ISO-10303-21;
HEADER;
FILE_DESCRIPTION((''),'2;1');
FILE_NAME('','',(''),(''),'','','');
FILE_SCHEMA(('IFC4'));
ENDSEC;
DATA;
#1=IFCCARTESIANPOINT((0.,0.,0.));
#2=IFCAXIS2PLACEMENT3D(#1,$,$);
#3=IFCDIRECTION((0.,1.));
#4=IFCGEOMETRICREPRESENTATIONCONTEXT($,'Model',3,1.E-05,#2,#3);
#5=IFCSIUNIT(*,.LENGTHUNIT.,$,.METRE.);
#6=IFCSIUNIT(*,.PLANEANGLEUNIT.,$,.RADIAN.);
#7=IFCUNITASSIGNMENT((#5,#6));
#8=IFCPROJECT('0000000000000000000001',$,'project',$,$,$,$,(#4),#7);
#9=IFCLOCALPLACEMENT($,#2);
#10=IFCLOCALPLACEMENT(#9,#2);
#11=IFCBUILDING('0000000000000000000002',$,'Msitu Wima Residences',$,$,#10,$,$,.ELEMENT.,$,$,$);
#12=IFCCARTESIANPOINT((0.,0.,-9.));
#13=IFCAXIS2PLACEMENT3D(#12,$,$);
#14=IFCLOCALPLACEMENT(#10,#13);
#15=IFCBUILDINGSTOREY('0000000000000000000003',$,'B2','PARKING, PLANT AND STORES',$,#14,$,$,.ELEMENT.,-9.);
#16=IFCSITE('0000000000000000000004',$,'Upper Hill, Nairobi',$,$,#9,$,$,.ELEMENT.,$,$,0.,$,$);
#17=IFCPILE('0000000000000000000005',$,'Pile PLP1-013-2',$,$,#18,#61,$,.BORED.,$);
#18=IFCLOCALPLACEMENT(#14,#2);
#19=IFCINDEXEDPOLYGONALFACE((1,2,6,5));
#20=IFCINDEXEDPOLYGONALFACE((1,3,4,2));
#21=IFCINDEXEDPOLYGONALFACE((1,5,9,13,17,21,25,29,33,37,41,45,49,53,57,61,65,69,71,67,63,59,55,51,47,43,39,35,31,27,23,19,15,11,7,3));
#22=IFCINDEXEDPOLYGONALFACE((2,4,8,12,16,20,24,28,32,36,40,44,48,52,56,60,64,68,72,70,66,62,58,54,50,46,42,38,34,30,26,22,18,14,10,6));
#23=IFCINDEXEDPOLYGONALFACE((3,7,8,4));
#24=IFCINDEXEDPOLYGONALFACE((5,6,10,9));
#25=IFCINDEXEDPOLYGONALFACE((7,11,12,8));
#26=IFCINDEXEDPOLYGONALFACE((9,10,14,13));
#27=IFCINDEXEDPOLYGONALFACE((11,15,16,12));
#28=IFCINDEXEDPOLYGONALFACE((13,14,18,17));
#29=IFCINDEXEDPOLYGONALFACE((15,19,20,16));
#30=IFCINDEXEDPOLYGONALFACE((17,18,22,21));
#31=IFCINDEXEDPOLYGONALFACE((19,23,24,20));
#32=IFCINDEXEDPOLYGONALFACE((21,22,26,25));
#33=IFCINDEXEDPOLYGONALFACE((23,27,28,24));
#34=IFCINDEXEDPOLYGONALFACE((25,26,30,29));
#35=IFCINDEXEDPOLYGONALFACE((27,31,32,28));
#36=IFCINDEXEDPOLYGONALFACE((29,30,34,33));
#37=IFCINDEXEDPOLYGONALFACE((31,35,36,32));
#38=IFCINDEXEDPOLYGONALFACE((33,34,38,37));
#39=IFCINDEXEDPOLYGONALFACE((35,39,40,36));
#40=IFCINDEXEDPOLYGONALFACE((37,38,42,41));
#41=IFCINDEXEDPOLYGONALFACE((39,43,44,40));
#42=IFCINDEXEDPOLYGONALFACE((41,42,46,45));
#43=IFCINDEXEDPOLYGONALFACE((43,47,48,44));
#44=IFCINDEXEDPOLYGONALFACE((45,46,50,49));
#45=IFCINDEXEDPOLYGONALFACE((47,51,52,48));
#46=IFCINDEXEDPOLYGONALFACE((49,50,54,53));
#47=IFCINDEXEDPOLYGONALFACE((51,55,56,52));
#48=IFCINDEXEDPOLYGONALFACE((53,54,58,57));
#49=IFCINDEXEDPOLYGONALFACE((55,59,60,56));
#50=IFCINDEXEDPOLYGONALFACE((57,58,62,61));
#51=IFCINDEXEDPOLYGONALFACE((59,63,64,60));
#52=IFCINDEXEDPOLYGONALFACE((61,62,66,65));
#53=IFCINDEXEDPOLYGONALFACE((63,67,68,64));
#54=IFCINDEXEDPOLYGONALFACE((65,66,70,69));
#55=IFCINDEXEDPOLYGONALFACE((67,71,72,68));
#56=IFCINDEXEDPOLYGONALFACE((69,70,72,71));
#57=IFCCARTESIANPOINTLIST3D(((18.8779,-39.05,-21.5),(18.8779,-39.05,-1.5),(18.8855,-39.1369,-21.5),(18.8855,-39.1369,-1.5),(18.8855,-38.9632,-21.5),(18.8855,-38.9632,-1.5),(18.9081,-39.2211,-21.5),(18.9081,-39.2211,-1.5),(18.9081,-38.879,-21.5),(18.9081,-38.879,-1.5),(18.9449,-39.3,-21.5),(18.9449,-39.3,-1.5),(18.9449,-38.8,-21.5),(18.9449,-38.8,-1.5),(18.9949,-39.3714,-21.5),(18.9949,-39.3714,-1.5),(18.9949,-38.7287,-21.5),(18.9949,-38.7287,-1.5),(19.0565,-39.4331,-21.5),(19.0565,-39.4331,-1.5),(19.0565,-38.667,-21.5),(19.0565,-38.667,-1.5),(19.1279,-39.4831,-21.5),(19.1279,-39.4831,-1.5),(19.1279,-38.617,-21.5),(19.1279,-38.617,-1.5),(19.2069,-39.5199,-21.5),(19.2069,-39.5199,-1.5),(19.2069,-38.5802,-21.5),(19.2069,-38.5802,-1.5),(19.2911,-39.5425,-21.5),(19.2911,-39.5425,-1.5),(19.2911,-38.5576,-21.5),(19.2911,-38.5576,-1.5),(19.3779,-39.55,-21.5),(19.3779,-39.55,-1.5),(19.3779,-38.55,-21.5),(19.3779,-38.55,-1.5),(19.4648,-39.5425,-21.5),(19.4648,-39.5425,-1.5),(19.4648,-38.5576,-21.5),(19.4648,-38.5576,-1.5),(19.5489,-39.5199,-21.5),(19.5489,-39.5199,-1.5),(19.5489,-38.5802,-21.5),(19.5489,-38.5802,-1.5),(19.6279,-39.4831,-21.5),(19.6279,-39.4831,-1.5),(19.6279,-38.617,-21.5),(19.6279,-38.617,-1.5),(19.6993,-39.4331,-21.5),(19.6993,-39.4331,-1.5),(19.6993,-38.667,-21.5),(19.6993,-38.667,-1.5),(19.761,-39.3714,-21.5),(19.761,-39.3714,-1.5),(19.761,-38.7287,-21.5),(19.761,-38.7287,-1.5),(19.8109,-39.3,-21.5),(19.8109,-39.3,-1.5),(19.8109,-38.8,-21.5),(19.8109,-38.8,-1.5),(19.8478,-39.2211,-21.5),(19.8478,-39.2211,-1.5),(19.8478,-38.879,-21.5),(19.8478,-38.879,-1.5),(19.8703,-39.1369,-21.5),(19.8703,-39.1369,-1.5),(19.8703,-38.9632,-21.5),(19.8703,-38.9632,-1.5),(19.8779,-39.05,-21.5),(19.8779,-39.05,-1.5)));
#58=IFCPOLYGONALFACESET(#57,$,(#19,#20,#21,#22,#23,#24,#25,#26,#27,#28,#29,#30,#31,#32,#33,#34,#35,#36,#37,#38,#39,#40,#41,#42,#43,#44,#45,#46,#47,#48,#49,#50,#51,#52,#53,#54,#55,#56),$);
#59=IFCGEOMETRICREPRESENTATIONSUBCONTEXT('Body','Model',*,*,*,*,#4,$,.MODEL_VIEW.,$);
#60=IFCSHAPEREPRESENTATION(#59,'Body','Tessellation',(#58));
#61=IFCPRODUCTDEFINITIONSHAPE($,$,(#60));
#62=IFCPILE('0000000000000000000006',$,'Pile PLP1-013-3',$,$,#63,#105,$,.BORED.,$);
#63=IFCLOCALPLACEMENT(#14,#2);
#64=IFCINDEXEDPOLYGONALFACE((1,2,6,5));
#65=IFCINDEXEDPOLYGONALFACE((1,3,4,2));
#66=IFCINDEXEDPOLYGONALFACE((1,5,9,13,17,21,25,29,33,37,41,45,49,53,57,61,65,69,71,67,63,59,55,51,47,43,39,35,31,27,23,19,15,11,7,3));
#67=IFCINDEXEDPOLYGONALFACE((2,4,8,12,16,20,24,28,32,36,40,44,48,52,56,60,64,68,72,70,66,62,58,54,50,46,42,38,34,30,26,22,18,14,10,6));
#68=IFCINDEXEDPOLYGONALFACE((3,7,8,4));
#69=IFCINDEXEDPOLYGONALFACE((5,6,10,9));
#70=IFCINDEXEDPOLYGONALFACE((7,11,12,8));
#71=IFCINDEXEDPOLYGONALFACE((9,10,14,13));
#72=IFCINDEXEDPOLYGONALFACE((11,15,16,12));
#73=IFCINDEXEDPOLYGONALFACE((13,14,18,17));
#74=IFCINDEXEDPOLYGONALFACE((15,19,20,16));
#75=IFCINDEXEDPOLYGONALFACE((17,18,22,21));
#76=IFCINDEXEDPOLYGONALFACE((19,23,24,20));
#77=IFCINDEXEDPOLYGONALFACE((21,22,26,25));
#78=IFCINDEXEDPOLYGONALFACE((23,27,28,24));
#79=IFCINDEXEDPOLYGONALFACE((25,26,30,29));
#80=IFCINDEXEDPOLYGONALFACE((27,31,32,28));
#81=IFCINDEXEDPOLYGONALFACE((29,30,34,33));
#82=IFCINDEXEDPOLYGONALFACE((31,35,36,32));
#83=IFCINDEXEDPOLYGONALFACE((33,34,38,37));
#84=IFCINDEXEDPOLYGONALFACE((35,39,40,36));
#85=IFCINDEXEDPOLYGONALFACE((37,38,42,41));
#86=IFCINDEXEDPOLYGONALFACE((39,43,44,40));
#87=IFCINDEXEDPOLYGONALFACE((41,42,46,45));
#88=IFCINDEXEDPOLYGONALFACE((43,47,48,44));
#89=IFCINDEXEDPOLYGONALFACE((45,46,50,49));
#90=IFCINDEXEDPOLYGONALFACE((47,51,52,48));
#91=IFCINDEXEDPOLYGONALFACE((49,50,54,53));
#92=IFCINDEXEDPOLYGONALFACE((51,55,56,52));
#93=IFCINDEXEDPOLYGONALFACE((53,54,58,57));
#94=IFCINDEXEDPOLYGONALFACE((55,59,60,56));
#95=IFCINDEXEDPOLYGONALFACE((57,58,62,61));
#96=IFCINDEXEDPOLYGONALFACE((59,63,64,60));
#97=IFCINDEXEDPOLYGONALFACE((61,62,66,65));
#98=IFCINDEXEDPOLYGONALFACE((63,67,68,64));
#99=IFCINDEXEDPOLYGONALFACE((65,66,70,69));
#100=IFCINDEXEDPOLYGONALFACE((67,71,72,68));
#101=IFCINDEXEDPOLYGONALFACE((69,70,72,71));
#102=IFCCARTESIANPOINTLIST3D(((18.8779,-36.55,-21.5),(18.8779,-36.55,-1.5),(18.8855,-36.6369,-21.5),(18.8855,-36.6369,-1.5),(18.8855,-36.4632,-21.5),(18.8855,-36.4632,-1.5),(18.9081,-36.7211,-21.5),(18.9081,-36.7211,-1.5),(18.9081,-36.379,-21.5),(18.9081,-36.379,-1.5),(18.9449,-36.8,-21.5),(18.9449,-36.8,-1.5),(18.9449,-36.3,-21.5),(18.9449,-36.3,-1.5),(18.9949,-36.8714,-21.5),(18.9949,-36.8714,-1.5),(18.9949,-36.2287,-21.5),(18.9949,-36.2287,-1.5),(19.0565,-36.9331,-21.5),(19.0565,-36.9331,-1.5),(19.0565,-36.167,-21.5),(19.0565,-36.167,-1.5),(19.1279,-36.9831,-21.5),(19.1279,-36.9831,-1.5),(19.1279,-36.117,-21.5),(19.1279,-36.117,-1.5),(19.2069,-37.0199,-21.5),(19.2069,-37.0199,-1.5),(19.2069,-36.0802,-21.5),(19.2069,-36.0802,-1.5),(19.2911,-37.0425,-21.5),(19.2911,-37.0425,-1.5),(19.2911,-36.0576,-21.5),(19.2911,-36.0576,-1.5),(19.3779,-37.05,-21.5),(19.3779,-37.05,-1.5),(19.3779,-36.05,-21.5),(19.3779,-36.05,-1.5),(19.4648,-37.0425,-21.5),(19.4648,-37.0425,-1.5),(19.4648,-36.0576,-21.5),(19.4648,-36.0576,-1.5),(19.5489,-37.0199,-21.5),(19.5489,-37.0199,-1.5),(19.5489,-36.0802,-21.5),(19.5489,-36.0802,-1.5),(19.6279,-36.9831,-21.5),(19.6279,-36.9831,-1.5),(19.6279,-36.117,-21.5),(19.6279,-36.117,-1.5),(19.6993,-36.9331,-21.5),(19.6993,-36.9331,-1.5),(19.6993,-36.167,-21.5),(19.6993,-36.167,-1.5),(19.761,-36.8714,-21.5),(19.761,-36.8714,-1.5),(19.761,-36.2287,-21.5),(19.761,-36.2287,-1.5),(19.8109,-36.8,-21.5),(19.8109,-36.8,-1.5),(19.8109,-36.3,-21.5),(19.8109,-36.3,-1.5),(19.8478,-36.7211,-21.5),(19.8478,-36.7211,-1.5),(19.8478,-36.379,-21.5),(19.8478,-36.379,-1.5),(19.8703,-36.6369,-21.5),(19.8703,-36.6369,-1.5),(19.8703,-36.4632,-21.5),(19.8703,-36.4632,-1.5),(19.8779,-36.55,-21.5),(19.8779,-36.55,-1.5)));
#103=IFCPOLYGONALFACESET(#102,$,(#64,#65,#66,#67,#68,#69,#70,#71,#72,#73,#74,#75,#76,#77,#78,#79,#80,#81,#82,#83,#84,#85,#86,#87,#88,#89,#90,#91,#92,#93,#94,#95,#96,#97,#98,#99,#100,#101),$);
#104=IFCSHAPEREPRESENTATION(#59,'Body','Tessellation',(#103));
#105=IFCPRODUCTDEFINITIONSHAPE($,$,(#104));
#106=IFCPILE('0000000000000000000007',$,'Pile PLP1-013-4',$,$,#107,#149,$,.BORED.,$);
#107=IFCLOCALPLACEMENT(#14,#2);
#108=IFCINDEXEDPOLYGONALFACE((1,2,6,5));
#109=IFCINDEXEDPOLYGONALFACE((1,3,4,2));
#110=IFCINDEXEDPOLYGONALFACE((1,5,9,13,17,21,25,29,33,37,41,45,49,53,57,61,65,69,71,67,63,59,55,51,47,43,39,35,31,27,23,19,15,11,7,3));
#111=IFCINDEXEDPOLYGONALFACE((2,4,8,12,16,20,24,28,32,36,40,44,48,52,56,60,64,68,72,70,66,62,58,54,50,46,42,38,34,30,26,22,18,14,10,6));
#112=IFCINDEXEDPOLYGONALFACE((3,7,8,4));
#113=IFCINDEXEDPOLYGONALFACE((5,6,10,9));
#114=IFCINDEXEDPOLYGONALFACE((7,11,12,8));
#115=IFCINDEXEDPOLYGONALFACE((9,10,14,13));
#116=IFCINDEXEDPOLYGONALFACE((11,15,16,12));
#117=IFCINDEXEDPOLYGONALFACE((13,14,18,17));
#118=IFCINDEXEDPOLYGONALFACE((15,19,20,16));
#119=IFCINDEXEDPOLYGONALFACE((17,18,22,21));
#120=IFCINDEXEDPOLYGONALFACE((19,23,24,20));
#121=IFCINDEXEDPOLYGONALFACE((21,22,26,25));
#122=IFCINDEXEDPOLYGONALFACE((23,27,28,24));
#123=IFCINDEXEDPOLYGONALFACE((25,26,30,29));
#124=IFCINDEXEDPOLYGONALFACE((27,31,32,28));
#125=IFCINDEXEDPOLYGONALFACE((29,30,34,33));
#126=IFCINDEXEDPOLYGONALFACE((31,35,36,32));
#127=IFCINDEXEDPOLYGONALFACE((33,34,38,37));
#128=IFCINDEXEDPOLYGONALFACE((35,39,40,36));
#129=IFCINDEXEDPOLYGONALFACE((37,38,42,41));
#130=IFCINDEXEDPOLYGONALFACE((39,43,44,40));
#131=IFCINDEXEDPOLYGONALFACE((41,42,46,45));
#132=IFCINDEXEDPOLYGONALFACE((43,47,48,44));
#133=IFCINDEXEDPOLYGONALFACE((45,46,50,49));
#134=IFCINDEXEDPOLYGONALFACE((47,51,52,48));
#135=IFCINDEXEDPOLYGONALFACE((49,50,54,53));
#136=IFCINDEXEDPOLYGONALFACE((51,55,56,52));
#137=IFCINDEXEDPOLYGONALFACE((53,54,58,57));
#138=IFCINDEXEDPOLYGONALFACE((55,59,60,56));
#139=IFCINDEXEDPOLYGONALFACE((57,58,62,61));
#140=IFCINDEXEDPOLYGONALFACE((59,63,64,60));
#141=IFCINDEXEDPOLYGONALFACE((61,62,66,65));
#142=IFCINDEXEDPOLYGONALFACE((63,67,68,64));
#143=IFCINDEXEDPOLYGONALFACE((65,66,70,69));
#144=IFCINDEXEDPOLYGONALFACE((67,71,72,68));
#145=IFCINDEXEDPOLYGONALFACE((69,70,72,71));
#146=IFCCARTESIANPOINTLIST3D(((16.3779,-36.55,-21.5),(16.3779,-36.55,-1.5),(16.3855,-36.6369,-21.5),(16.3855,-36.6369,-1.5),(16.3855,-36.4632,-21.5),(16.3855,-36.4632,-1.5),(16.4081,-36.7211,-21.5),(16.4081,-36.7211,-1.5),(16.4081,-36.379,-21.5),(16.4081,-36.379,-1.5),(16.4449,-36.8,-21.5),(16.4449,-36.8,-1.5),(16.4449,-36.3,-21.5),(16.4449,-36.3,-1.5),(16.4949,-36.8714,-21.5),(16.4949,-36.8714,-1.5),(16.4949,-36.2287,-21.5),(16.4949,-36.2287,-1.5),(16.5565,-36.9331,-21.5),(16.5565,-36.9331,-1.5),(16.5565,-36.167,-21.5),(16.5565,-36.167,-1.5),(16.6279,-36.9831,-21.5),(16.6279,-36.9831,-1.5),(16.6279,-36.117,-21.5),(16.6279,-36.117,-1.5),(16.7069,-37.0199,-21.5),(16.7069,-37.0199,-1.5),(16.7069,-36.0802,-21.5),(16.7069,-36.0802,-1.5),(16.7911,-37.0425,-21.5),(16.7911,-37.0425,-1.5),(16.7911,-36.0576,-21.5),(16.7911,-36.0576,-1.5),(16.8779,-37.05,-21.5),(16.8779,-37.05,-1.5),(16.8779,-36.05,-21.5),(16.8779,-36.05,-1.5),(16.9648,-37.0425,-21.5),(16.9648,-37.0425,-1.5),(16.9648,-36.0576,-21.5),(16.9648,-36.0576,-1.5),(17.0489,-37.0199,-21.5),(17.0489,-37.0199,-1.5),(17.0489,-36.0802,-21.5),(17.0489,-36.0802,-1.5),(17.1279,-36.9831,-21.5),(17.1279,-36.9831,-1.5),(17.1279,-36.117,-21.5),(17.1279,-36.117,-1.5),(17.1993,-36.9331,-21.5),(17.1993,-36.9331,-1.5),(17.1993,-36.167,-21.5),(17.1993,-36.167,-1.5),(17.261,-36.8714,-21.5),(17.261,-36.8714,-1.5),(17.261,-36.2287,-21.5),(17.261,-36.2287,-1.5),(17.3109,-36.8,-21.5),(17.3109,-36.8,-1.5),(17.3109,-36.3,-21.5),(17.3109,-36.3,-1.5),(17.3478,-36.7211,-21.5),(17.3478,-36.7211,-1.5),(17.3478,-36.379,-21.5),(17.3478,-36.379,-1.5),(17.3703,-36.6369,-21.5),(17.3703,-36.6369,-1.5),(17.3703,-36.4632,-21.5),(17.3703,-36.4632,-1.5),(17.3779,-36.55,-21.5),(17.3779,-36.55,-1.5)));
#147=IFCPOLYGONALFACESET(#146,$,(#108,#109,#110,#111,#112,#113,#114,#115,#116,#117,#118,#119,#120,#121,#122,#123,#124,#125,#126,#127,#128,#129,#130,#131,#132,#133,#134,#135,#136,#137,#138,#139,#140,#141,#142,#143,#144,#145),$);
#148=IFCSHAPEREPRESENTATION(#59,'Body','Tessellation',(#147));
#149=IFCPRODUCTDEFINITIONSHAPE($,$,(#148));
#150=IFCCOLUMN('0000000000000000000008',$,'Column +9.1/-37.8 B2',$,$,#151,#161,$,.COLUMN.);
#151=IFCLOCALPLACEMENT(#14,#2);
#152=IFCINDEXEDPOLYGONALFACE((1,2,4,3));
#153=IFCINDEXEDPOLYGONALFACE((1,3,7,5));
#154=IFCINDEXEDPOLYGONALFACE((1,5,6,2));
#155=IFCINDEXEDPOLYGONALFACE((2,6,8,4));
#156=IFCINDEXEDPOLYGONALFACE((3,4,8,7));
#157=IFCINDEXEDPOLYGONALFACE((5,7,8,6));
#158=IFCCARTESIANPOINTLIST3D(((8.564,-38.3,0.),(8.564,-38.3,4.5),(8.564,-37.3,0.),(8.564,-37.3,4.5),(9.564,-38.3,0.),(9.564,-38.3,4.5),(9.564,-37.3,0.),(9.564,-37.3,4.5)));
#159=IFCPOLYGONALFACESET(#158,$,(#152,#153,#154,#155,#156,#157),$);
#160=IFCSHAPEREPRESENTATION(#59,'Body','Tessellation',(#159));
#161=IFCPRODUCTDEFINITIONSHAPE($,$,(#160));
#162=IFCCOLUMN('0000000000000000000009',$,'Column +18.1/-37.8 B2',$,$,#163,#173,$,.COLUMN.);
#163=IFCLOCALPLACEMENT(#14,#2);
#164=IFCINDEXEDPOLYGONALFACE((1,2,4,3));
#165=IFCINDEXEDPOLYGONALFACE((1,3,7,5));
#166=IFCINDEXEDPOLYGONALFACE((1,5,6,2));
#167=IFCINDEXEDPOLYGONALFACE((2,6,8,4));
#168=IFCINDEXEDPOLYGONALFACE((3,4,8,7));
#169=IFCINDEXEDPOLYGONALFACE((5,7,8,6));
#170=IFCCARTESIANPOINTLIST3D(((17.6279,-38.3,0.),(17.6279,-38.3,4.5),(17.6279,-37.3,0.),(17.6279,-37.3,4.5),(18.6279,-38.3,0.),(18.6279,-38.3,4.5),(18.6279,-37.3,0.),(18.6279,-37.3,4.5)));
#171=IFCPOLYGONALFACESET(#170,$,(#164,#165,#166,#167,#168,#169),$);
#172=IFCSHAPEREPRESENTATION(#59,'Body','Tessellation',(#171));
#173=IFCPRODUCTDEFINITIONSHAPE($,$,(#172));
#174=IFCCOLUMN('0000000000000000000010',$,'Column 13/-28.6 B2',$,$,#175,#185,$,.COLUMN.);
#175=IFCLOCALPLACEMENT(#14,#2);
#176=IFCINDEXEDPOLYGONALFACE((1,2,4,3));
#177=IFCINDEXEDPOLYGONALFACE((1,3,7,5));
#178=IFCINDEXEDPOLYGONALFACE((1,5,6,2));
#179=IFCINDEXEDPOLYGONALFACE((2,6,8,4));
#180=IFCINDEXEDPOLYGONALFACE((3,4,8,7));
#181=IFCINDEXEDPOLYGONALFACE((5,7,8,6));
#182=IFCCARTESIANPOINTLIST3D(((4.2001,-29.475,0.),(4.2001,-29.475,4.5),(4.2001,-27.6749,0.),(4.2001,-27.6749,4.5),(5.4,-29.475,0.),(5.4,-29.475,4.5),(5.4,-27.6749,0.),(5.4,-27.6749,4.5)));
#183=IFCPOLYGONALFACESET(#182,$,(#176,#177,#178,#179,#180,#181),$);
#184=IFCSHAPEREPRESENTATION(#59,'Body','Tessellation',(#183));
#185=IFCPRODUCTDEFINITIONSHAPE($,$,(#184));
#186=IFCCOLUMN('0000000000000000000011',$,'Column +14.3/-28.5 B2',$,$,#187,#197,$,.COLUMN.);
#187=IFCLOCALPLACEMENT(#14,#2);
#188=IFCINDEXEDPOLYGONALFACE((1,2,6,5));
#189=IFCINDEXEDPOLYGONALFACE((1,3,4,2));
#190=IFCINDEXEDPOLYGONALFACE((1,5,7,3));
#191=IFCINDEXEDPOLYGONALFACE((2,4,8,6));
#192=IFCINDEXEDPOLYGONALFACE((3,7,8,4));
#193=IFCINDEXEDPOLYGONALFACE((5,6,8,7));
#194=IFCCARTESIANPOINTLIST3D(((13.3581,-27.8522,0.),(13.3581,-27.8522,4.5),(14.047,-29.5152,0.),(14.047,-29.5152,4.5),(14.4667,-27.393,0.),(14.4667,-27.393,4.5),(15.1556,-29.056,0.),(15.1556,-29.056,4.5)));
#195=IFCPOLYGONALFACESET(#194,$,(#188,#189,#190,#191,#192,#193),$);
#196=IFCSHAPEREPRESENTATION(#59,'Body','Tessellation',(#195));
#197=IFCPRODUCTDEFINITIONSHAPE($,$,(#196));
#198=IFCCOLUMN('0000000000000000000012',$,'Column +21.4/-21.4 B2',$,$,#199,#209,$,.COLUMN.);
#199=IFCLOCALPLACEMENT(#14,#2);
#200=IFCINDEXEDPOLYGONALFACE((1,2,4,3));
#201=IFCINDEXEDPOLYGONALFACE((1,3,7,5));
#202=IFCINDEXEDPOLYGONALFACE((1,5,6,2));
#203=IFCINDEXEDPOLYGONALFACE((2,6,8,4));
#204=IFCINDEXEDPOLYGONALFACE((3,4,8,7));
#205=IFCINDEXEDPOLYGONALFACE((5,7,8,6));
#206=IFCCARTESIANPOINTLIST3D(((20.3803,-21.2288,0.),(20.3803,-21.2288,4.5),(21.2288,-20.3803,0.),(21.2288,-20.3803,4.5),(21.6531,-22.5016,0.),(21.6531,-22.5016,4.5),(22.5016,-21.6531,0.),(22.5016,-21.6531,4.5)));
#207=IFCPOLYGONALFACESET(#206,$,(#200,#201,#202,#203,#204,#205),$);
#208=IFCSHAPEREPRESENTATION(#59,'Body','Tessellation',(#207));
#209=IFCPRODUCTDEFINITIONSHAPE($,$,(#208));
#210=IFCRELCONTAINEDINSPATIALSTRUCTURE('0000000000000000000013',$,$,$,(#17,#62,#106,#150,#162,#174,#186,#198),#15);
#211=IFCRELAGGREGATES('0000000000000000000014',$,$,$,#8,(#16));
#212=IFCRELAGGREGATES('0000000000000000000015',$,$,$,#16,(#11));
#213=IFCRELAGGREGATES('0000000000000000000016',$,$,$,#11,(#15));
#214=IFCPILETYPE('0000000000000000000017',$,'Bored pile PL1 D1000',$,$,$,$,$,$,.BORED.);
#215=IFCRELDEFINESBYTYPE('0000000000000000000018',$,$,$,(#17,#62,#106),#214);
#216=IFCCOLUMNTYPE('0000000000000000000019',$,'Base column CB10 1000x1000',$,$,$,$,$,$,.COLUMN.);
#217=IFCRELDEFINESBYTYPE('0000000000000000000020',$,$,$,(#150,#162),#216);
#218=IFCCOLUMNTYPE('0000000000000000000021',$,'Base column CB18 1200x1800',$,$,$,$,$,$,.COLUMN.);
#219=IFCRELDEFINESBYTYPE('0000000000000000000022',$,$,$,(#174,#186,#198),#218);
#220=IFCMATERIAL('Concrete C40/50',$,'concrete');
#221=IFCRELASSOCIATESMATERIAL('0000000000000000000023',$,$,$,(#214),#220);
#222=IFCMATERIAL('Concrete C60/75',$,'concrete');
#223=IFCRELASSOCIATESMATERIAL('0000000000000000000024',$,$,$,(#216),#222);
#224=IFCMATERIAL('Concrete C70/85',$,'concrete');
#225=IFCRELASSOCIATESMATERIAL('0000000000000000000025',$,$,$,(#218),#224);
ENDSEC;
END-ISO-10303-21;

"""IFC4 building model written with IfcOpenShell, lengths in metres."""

from ifc_helpers import new_model, si_unit, direction, frame, origin, origin_2d, place, context, subcontext, project, spatial, rectangle, circle, extrude, material, material_profile, profile_set, type_object, element, save


model = new_model("IFC4")

# Units and contexts
model_context = context("Model", 3, precision=1e-05, world=origin(), true_north=direction((0.0, 1.0)))
body_context = subcontext(model_context, "Body", "Model", "MODEL_VIEW")
ifc_project = project(units=[si_unit("LENGTHUNIT", "METRE"), si_unit("PLANEANGLEUNIT", "RADIAN")], contexts=[model_context])

# Site, building, storey
site_placement = place(None, origin())
site = spatial("IfcSite", under=ifc_project, at=site_placement, Name="Upper Hill, Nairobi", CompositionType="ELEMENT", RefElevation=0.0)
building_placement = place(site_placement, origin())
building = spatial("IfcBuilding", under=site, at=building_placement, Name="Msitu Wima Residences", CompositionType="ELEMENT")
storey_placement = place(building_placement, frame((0.0, 0.0, -9.0)))
storey = spatial("IfcBuildingStorey", under=building, at=storey_placement, Name="B2", Description="PARKING, PLANT AND STORES", CompositionType="ELEMENT", Elevation=-9.0)

# Piles
ifc_material_1 = material(Name="Concrete C40/50", Category="concrete")
pile_type_1 = type_object("IfcPileType", Name="Bored pile PL1 D1000", PredefinedType="BORED", material=ifc_material_1)
for number, where, z_axis, x_axis, name in (
    (1, (19.3779, -39.05, -1.5), (0.0, 0.0, -1.0), (1.0, 0.0, 0.0), "Pile PLP1-013-2"),
    (2, (19.3779, -36.55, -1.5), (0.0, 0.0, -1.0), (1.0, 0.0, 0.0), "Pile PLP1-013-3"),
    (3, (16.8779, -36.55, -1.5), (0.0, 0.0, -1.0), (1.0, 0.0, 0.0), "Pile PLP1-013-4"),
):
    element("IfcPile", number, at=place(storey_placement, frame(where, z_axis=z_axis, x_axis=x_axis)), inside=storey, type_object=pile_type_1, Name=name, PredefinedType="BORED", context=body_context, shape_type="SweptSolid", body=[
        extrude(circle(Radius=0.5, at=origin_2d()), origin(), (0.0, 0.0, 1.0), 20.0),
    ])

# Columns
ifc_material_2 = material(Name="Concrete C60/75", Category="concrete")
ifc_material_profile_1 = material_profile(ifc_material_2, rectangle(XDim=1.0, YDim=1.0, at=origin_2d()), Name="RC 1000x1000")
ifc_profile_set_1 = profile_set([ifc_material_profile_1], Name="Concrete C60/75")
column_type_1 = type_object("IfcColumnType", Name="Base column CB10 1000x1000", PredefinedType="COLUMN", material=ifc_profile_set_1)
for number, where, z_axis, x_axis, name in (
    (4, (9.064, -37.8, 0.0), (0.0, 0.0, 1.0), (1.0, 0.0, 0.0), "Column +9.1/-37.8 B2"),
    (5, (18.1279, -37.8, 0.0), (0.0, 0.0, 1.0), (1.0, 0.0, 0.0), "Column +18.1/-37.8 B2"),
):
    element("IfcColumn", number, at=place(storey_placement, frame(where, z_axis=z_axis, x_axis=x_axis)), inside=storey, type_object=column_type_1, Name=name, PredefinedType="COLUMN", context=body_context, shape_type="SweptSolid", body=[
        extrude(rectangle(XDim=1.0, YDim=1.0, at=origin_2d()), origin(), (0.0, 0.0, 1.0), 4.5),
    ])
ifc_material_3 = material(Name="Concrete C70/85", Category="concrete")
ifc_material_profile_2 = material_profile(ifc_material_3, rectangle(XDim=1.2, YDim=1.8, at=origin_2d()), Name="RC 1200x1800")
ifc_profile_set_2 = profile_set([ifc_material_profile_2], Name="Concrete C70/85")
column_type_2 = type_object("IfcColumnType", Name="Base column CB18 1200x1800", PredefinedType="COLUMN", material=ifc_profile_set_2)
for number, where, z_axis, x_axis, name in (
    (6, (4.8, -28.575, 0.0), (0.0, 0.0, 1.0), (1.0, 0.0, 0.0), "Column 13/-28.6 B2"),
    (7, (14.2568, -28.4541, 0.0), (0.0, 0.0, 1.0), (0.92388, 0.382683, 0.0), "Column +14.3/-28.5 B2"),
    (8, (21.4409, -21.4409, 0.0), (0.0, 0.0, 1.0), (0.707107, 0.707107, 0.0), "Column +21.4/-21.4 B2"),
):
    element("IfcColumn", number, at=place(storey_placement, frame(where, z_axis=z_axis, x_axis=x_axis)), inside=storey, type_object=column_type_2, Name=name, PredefinedType="COLUMN", context=body_context, shape_type="SweptSolid", body=[
        extrude(rectangle(XDim=1.2, YDim=1.8, at=origin_2d()), origin(), (0.0, 0.0, 1.0), 4.5),
    ])

save(model, "model.ifc")
